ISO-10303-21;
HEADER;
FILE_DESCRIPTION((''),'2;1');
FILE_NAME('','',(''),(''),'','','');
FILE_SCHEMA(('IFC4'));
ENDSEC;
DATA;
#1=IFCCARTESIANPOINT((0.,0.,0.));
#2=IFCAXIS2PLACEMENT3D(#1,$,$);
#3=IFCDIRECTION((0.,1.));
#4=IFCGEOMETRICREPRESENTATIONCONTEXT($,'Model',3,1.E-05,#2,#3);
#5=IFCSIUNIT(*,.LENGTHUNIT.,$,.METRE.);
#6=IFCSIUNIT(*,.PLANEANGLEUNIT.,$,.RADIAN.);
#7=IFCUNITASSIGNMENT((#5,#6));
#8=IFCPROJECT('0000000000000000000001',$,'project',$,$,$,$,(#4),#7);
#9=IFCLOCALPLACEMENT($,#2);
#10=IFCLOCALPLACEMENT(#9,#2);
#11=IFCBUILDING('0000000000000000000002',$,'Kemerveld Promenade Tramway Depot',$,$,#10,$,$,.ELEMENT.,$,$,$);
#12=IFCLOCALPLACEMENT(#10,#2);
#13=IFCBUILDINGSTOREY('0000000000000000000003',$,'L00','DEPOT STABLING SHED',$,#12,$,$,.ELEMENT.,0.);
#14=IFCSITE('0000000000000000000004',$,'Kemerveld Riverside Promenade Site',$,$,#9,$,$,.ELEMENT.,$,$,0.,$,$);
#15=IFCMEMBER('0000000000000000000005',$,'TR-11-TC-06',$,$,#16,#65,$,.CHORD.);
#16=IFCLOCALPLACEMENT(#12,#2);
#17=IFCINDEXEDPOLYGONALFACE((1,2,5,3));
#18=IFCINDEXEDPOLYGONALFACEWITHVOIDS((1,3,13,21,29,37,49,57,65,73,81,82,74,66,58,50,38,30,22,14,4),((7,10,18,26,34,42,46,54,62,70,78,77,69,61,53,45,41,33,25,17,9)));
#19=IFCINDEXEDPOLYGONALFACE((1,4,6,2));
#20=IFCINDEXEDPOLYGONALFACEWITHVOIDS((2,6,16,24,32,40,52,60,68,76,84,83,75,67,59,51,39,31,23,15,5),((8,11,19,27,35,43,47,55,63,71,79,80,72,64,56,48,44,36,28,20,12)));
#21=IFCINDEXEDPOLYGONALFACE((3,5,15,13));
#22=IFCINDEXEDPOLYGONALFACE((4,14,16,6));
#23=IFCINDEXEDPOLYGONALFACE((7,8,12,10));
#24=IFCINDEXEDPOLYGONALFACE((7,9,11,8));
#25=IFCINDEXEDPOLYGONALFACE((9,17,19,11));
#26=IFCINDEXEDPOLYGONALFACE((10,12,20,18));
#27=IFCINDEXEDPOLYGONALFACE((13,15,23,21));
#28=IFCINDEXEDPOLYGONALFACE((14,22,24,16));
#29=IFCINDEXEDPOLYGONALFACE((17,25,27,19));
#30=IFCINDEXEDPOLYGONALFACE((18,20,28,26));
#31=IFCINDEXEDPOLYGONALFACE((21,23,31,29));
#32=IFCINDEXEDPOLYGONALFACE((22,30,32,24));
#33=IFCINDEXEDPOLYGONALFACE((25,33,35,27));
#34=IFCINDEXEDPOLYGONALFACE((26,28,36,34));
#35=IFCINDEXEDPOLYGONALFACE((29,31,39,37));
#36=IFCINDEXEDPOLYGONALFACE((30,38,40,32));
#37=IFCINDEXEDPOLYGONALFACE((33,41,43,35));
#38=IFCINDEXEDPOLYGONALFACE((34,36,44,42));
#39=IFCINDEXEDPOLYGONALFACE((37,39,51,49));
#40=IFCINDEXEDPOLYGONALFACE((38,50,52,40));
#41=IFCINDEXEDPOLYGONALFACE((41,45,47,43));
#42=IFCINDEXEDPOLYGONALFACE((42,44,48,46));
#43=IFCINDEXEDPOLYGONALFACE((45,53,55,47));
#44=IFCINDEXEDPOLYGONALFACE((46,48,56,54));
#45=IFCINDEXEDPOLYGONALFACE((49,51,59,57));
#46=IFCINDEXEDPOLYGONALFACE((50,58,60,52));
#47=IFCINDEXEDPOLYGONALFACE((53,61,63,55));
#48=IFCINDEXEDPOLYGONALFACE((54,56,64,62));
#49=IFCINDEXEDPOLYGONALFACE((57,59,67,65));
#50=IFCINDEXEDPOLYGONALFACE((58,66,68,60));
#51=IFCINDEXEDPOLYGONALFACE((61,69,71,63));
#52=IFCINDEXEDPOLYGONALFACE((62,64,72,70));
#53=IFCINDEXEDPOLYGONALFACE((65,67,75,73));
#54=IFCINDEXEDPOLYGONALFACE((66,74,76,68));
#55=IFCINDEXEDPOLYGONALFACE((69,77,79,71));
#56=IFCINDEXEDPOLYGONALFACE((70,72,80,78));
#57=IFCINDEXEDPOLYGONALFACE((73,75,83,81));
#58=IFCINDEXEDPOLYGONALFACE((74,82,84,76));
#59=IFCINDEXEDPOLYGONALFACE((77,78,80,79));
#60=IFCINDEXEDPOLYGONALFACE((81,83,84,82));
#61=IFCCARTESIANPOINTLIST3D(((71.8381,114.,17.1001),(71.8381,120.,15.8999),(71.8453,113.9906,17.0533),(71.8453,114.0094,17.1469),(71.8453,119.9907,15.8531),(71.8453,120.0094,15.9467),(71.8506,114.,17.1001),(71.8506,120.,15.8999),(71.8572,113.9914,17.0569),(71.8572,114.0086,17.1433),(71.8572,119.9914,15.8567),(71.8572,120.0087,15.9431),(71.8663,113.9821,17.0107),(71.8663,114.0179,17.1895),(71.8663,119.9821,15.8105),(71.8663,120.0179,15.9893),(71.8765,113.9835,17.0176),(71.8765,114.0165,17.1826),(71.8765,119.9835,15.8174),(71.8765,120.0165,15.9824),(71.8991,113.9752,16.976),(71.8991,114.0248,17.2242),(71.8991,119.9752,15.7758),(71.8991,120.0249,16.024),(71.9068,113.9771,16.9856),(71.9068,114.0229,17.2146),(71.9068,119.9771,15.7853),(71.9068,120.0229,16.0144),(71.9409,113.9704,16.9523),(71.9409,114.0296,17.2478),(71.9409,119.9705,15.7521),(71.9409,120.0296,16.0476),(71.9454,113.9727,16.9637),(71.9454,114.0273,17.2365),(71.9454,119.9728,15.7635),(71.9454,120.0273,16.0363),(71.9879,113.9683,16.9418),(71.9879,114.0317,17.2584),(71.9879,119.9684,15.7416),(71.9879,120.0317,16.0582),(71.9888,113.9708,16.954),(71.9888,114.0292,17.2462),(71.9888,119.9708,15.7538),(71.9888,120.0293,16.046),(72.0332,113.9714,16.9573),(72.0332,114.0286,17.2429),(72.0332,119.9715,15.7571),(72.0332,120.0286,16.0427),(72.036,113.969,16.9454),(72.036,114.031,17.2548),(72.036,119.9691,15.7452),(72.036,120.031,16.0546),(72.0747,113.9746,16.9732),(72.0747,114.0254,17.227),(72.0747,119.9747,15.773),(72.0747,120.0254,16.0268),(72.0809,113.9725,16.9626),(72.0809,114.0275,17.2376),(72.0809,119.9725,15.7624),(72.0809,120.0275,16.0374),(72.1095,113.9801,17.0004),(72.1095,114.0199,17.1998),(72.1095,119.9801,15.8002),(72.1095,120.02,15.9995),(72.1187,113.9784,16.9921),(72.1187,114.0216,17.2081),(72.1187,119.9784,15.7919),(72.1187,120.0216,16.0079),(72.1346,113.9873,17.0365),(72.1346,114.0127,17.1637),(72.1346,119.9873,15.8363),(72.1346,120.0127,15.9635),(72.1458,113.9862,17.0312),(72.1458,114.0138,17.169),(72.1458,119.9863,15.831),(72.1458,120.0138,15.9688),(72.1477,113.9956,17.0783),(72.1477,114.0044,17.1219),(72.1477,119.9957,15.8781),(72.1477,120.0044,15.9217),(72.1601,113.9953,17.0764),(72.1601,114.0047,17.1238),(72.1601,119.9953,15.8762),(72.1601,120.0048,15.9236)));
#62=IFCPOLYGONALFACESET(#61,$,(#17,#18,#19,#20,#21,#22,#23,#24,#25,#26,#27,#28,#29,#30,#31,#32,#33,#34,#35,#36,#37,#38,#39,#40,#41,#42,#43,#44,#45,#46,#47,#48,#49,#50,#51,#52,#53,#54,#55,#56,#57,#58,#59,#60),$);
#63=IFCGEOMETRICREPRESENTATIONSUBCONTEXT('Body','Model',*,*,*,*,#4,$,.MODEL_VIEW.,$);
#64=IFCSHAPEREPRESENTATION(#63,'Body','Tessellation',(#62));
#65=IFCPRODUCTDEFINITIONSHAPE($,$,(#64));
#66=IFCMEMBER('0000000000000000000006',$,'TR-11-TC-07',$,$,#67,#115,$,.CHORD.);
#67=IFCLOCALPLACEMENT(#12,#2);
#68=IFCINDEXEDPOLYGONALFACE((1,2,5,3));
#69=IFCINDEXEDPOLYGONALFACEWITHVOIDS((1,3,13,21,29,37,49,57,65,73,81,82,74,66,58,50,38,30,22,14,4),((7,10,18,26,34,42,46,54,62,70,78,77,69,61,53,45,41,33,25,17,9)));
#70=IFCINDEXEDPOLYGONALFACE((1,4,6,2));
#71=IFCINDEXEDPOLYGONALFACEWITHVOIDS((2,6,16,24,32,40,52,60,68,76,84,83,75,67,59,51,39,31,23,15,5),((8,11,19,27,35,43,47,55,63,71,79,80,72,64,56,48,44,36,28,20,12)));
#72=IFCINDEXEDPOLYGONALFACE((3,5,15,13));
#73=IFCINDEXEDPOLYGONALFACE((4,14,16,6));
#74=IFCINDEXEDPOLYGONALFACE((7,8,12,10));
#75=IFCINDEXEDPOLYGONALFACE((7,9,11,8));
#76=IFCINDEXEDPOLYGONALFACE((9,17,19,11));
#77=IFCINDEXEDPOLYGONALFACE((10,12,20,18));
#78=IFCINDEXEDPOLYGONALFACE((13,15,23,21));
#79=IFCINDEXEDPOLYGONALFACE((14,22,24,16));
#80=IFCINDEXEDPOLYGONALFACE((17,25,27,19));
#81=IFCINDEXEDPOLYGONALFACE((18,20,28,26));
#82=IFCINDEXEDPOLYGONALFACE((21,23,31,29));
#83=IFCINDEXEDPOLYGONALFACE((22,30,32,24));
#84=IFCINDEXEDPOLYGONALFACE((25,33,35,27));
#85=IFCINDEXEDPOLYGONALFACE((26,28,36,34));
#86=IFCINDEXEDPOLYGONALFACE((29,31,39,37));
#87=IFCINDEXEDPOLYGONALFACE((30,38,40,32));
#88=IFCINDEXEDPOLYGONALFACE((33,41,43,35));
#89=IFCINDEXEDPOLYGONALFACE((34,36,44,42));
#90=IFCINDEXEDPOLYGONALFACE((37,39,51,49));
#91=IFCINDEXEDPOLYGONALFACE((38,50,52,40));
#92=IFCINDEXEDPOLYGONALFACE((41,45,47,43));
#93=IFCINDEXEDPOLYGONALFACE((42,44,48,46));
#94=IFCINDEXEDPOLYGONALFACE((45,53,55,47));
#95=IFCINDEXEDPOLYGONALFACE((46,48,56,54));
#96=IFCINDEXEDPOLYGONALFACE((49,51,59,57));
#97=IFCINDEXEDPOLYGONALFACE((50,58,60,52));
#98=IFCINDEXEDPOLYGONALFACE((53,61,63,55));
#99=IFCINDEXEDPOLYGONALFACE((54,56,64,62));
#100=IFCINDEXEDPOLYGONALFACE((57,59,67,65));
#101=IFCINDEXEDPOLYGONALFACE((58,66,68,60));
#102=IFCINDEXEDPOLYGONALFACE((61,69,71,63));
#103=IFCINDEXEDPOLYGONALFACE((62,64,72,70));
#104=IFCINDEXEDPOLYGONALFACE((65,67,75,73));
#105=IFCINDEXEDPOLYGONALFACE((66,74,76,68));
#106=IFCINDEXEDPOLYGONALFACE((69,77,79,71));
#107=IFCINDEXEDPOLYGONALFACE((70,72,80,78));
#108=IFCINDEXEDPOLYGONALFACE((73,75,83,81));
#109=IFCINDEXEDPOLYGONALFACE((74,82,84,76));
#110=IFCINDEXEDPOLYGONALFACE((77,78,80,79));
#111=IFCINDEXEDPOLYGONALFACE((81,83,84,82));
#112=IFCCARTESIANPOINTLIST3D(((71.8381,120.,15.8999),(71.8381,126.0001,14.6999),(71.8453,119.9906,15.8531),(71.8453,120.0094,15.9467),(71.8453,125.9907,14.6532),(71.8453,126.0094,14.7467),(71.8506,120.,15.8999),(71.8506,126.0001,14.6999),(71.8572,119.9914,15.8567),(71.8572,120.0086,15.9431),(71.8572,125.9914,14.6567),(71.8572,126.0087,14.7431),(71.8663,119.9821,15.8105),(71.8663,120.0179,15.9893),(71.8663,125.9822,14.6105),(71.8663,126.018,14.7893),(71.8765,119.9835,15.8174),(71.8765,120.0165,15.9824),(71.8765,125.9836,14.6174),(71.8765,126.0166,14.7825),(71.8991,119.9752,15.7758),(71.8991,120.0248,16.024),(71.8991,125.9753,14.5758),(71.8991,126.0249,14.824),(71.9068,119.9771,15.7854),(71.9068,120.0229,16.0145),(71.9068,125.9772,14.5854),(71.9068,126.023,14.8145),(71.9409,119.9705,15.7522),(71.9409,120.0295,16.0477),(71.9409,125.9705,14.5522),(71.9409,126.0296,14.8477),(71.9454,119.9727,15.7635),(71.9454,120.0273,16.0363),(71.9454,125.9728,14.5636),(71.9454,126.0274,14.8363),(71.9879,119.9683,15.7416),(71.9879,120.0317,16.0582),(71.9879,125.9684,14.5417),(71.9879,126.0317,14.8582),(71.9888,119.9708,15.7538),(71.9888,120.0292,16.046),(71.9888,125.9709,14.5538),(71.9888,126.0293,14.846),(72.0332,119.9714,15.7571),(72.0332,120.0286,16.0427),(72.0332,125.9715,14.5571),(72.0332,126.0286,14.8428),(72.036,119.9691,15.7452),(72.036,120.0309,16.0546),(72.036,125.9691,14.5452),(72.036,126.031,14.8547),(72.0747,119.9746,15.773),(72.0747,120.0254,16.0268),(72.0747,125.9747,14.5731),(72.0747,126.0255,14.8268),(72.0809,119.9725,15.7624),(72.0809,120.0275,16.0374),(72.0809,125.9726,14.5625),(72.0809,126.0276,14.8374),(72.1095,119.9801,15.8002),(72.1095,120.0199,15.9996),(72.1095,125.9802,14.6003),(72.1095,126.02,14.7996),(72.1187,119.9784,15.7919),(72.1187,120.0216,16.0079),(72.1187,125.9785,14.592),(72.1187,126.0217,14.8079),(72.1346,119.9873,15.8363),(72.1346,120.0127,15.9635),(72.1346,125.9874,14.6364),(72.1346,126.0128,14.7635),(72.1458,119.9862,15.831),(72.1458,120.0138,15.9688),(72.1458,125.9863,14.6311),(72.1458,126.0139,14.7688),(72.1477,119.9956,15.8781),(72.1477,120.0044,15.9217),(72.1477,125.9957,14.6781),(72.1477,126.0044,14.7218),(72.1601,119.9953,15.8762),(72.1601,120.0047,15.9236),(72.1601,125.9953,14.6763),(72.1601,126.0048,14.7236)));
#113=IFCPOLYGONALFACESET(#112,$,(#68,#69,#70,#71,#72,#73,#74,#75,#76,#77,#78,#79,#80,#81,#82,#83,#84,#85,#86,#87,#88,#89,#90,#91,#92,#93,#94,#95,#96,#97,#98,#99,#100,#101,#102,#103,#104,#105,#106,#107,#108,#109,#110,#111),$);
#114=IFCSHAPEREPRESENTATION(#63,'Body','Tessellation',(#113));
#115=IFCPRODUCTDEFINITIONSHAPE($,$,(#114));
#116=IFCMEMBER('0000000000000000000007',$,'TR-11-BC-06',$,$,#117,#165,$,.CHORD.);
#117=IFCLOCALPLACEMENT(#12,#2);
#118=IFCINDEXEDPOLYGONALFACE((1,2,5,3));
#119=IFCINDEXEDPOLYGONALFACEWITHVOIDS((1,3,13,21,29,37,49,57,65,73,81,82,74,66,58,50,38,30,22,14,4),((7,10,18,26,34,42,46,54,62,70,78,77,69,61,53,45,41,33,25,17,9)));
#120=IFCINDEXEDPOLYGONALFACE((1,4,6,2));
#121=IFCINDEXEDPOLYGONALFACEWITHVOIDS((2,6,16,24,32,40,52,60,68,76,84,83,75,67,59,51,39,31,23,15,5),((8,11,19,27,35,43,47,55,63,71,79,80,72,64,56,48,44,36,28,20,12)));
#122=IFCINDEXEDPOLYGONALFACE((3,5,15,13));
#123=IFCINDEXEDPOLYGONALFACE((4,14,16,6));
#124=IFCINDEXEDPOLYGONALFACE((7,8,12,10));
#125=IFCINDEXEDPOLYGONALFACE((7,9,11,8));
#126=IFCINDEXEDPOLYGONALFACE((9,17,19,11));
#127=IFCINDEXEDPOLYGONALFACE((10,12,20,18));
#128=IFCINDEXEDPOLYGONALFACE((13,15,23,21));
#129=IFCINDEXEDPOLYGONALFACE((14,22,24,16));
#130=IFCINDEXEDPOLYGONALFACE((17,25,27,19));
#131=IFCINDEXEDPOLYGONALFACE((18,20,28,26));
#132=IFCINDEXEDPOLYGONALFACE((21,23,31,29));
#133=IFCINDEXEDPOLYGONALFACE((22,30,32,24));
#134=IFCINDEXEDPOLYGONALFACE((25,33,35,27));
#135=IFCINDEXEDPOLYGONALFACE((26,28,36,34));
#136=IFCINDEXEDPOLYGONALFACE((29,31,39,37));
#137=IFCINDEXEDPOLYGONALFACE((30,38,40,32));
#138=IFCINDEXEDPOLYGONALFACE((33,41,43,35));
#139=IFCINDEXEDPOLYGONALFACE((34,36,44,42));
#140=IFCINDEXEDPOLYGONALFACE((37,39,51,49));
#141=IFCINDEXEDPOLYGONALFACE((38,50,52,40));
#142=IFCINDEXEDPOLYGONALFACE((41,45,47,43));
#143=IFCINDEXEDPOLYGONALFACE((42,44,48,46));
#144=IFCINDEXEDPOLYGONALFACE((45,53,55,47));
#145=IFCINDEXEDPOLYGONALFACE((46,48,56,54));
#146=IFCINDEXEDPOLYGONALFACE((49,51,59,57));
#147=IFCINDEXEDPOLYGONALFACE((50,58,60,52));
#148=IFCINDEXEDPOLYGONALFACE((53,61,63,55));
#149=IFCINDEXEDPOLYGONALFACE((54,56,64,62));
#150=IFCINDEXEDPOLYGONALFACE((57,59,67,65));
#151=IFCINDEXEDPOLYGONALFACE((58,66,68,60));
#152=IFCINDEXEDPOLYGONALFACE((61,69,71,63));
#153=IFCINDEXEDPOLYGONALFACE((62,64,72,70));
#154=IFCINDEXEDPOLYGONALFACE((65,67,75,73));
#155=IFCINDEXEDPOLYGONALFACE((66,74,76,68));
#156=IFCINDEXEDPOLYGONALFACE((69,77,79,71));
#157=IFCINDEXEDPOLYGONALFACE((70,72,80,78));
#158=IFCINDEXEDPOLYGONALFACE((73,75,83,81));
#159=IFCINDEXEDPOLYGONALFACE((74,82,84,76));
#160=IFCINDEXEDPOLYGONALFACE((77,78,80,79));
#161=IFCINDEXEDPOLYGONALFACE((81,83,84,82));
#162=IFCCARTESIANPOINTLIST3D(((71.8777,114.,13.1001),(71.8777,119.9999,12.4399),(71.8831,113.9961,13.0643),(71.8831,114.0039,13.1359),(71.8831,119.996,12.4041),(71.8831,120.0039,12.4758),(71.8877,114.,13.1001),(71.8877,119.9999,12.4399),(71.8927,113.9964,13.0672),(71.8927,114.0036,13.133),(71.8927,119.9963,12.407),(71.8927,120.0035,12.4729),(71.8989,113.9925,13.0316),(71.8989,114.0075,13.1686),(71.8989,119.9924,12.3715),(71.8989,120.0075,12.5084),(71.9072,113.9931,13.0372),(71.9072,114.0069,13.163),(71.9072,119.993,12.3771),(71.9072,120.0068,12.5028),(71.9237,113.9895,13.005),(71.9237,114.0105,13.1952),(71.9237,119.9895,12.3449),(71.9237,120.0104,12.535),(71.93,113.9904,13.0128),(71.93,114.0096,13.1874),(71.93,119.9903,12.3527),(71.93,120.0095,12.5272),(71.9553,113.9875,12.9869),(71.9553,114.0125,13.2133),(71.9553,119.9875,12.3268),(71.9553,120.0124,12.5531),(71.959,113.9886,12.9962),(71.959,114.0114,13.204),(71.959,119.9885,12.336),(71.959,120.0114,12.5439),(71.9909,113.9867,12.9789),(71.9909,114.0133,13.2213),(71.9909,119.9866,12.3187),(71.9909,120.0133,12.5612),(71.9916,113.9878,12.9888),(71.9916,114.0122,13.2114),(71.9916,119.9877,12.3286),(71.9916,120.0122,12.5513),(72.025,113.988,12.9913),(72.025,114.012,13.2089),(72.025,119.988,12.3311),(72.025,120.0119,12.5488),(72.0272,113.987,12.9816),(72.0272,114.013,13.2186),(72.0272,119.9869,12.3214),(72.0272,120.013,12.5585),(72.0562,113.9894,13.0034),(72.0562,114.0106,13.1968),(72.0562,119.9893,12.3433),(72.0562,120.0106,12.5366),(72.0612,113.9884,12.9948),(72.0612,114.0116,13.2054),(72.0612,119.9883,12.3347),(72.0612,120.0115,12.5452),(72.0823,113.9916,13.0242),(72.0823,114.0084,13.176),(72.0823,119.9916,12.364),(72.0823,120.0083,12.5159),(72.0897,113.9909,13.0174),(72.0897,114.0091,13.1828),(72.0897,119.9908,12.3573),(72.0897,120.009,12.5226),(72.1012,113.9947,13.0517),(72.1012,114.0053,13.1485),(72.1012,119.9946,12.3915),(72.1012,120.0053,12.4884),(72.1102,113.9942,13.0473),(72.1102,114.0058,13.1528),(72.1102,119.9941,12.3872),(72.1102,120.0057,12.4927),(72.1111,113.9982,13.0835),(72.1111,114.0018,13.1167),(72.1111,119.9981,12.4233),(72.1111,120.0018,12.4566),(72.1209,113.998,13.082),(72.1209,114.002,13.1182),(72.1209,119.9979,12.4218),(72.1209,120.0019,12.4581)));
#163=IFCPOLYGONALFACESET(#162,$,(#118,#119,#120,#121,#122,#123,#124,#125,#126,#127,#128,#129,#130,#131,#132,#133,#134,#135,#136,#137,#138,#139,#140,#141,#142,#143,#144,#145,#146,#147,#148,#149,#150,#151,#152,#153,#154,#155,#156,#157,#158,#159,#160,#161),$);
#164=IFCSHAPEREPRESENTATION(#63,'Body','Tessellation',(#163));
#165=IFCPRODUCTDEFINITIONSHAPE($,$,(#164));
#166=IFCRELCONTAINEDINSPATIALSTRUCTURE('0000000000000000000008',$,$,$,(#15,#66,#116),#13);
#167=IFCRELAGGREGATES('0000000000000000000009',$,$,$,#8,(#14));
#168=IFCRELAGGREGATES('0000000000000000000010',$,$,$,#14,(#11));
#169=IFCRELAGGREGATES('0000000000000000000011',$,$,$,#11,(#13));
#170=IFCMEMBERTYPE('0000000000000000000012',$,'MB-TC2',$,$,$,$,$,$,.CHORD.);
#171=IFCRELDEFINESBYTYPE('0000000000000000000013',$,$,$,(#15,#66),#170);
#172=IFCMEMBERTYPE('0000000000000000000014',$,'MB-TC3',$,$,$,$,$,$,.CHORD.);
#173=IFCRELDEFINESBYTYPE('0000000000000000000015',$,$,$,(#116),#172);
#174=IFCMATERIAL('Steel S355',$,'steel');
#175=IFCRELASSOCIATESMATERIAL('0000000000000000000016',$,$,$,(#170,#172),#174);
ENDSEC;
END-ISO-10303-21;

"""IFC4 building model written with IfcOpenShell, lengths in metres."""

from ifc_helpers import new_model, si_unit, direction, frame, origin, origin_2d, place, context, subcontext, project, spatial, hollow_circle, extrude, material, material_profile, profile_set, type_object, element, save


model = new_model("IFC4")

# Units and contexts
model_context = context("Model", 3, precision=1e-05, world=origin(), true_north=direction((0.0, 1.0)))
body_context = subcontext(model_context, "Body", "Model", "MODEL_VIEW")
ifc_project = project(units=[si_unit("LENGTHUNIT", "METRE"), si_unit("PLANEANGLEUNIT", "RADIAN")], contexts=[model_context])

# Site, building, storey
site_placement = place(None, origin())
site = spatial("IfcSite", under=ifc_project, at=site_placement, Name="Kemerveld Riverside Promenade Site", CompositionType="ELEMENT", RefElevation=0.0)
building_placement = place(site_placement, origin())
building = spatial("IfcBuilding", under=site, at=building_placement, Name="Kemerveld Promenade Tramway Depot", CompositionType="ELEMENT")
storey_placement = place(building_placement, origin())
storey = spatial("IfcBuildingStorey", under=building, at=storey_placement, Name="L00", Description="DEPOT STABLING SHED", CompositionType="ELEMENT", Elevation=0.0)

# Members
ifc_material_1 = material(Name="Steel S355", Category="steel")
ifc_material_profile_1 = material_profile(ifc_material_1, hollow_circle(Radius=0.1619, WallThickness=0.0125, at=origin_2d()), Name="323.9x12.5 CHS")
ifc_profile_set_1 = profile_set([ifc_material_profile_1], Name="Steel S355")
member_type_1 = type_object("IfcMemberType", Name="MB-TC2", PredefinedType="CHORD", material=ifc_profile_set_1)
for number, where, z_axis, x_axis, name in (
    (1, (72.0, 114.0, 17.1001), (0.0, 0.980575, -0.196147), (-1.0, 0.0, 0.0), "TR-11-TC-06"),
    (2, (72.0, 120.0, 15.8999), (0.0, 0.980582, -0.196108), (-1.0, 0.0, 0.0), "TR-11-TC-07"),
):
    element("IfcMember", number, at=place(storey_placement, frame(where, z_axis=z_axis, x_axis=x_axis)), inside=storey, type_object=member_type_1, Name=name, PredefinedType="CHORD", context=body_context, shape_type="SweptSolid", body=[
        extrude(hollow_circle(Radius=0.1619, WallThickness=0.0125, at=origin_2d()), origin(), (0.0, 0.0, 1.0), 6.1189),
    ])
ifc_material_profile_2 = material_profile(ifc_material_1, hollow_circle(Radius=0.1223, WallThickness=0.01, at=origin_2d()), Name="244.5x10.0 CHS")
ifc_profile_set_2 = profile_set([ifc_material_profile_2], Name="Steel S355")
member_type_2 = type_object("IfcMemberType", Name="MB-TC3", PredefinedType="CHORD", material=ifc_profile_set_2)
for number, where, z_axis, x_axis, name in (
    (3, (72.0, 114.0, 13.1001), (0.0, 0.994002, -0.109366), (-1.0, 0.0, 0.0), "TR-11-BC-06"),
):
    element("IfcMember", number, at=place(storey_placement, frame(where, z_axis=z_axis, x_axis=x_axis)), inside=storey, type_object=member_type_2, Name=name, PredefinedType="CHORD", context=body_context, shape_type="SweptSolid", body=[
        extrude(hollow_circle(Radius=0.1223, WallThickness=0.01, at=origin_2d()), origin(), (0.0, 0.0, 1.0), 6.0361),
    ])

save(model, "model.ifc")
